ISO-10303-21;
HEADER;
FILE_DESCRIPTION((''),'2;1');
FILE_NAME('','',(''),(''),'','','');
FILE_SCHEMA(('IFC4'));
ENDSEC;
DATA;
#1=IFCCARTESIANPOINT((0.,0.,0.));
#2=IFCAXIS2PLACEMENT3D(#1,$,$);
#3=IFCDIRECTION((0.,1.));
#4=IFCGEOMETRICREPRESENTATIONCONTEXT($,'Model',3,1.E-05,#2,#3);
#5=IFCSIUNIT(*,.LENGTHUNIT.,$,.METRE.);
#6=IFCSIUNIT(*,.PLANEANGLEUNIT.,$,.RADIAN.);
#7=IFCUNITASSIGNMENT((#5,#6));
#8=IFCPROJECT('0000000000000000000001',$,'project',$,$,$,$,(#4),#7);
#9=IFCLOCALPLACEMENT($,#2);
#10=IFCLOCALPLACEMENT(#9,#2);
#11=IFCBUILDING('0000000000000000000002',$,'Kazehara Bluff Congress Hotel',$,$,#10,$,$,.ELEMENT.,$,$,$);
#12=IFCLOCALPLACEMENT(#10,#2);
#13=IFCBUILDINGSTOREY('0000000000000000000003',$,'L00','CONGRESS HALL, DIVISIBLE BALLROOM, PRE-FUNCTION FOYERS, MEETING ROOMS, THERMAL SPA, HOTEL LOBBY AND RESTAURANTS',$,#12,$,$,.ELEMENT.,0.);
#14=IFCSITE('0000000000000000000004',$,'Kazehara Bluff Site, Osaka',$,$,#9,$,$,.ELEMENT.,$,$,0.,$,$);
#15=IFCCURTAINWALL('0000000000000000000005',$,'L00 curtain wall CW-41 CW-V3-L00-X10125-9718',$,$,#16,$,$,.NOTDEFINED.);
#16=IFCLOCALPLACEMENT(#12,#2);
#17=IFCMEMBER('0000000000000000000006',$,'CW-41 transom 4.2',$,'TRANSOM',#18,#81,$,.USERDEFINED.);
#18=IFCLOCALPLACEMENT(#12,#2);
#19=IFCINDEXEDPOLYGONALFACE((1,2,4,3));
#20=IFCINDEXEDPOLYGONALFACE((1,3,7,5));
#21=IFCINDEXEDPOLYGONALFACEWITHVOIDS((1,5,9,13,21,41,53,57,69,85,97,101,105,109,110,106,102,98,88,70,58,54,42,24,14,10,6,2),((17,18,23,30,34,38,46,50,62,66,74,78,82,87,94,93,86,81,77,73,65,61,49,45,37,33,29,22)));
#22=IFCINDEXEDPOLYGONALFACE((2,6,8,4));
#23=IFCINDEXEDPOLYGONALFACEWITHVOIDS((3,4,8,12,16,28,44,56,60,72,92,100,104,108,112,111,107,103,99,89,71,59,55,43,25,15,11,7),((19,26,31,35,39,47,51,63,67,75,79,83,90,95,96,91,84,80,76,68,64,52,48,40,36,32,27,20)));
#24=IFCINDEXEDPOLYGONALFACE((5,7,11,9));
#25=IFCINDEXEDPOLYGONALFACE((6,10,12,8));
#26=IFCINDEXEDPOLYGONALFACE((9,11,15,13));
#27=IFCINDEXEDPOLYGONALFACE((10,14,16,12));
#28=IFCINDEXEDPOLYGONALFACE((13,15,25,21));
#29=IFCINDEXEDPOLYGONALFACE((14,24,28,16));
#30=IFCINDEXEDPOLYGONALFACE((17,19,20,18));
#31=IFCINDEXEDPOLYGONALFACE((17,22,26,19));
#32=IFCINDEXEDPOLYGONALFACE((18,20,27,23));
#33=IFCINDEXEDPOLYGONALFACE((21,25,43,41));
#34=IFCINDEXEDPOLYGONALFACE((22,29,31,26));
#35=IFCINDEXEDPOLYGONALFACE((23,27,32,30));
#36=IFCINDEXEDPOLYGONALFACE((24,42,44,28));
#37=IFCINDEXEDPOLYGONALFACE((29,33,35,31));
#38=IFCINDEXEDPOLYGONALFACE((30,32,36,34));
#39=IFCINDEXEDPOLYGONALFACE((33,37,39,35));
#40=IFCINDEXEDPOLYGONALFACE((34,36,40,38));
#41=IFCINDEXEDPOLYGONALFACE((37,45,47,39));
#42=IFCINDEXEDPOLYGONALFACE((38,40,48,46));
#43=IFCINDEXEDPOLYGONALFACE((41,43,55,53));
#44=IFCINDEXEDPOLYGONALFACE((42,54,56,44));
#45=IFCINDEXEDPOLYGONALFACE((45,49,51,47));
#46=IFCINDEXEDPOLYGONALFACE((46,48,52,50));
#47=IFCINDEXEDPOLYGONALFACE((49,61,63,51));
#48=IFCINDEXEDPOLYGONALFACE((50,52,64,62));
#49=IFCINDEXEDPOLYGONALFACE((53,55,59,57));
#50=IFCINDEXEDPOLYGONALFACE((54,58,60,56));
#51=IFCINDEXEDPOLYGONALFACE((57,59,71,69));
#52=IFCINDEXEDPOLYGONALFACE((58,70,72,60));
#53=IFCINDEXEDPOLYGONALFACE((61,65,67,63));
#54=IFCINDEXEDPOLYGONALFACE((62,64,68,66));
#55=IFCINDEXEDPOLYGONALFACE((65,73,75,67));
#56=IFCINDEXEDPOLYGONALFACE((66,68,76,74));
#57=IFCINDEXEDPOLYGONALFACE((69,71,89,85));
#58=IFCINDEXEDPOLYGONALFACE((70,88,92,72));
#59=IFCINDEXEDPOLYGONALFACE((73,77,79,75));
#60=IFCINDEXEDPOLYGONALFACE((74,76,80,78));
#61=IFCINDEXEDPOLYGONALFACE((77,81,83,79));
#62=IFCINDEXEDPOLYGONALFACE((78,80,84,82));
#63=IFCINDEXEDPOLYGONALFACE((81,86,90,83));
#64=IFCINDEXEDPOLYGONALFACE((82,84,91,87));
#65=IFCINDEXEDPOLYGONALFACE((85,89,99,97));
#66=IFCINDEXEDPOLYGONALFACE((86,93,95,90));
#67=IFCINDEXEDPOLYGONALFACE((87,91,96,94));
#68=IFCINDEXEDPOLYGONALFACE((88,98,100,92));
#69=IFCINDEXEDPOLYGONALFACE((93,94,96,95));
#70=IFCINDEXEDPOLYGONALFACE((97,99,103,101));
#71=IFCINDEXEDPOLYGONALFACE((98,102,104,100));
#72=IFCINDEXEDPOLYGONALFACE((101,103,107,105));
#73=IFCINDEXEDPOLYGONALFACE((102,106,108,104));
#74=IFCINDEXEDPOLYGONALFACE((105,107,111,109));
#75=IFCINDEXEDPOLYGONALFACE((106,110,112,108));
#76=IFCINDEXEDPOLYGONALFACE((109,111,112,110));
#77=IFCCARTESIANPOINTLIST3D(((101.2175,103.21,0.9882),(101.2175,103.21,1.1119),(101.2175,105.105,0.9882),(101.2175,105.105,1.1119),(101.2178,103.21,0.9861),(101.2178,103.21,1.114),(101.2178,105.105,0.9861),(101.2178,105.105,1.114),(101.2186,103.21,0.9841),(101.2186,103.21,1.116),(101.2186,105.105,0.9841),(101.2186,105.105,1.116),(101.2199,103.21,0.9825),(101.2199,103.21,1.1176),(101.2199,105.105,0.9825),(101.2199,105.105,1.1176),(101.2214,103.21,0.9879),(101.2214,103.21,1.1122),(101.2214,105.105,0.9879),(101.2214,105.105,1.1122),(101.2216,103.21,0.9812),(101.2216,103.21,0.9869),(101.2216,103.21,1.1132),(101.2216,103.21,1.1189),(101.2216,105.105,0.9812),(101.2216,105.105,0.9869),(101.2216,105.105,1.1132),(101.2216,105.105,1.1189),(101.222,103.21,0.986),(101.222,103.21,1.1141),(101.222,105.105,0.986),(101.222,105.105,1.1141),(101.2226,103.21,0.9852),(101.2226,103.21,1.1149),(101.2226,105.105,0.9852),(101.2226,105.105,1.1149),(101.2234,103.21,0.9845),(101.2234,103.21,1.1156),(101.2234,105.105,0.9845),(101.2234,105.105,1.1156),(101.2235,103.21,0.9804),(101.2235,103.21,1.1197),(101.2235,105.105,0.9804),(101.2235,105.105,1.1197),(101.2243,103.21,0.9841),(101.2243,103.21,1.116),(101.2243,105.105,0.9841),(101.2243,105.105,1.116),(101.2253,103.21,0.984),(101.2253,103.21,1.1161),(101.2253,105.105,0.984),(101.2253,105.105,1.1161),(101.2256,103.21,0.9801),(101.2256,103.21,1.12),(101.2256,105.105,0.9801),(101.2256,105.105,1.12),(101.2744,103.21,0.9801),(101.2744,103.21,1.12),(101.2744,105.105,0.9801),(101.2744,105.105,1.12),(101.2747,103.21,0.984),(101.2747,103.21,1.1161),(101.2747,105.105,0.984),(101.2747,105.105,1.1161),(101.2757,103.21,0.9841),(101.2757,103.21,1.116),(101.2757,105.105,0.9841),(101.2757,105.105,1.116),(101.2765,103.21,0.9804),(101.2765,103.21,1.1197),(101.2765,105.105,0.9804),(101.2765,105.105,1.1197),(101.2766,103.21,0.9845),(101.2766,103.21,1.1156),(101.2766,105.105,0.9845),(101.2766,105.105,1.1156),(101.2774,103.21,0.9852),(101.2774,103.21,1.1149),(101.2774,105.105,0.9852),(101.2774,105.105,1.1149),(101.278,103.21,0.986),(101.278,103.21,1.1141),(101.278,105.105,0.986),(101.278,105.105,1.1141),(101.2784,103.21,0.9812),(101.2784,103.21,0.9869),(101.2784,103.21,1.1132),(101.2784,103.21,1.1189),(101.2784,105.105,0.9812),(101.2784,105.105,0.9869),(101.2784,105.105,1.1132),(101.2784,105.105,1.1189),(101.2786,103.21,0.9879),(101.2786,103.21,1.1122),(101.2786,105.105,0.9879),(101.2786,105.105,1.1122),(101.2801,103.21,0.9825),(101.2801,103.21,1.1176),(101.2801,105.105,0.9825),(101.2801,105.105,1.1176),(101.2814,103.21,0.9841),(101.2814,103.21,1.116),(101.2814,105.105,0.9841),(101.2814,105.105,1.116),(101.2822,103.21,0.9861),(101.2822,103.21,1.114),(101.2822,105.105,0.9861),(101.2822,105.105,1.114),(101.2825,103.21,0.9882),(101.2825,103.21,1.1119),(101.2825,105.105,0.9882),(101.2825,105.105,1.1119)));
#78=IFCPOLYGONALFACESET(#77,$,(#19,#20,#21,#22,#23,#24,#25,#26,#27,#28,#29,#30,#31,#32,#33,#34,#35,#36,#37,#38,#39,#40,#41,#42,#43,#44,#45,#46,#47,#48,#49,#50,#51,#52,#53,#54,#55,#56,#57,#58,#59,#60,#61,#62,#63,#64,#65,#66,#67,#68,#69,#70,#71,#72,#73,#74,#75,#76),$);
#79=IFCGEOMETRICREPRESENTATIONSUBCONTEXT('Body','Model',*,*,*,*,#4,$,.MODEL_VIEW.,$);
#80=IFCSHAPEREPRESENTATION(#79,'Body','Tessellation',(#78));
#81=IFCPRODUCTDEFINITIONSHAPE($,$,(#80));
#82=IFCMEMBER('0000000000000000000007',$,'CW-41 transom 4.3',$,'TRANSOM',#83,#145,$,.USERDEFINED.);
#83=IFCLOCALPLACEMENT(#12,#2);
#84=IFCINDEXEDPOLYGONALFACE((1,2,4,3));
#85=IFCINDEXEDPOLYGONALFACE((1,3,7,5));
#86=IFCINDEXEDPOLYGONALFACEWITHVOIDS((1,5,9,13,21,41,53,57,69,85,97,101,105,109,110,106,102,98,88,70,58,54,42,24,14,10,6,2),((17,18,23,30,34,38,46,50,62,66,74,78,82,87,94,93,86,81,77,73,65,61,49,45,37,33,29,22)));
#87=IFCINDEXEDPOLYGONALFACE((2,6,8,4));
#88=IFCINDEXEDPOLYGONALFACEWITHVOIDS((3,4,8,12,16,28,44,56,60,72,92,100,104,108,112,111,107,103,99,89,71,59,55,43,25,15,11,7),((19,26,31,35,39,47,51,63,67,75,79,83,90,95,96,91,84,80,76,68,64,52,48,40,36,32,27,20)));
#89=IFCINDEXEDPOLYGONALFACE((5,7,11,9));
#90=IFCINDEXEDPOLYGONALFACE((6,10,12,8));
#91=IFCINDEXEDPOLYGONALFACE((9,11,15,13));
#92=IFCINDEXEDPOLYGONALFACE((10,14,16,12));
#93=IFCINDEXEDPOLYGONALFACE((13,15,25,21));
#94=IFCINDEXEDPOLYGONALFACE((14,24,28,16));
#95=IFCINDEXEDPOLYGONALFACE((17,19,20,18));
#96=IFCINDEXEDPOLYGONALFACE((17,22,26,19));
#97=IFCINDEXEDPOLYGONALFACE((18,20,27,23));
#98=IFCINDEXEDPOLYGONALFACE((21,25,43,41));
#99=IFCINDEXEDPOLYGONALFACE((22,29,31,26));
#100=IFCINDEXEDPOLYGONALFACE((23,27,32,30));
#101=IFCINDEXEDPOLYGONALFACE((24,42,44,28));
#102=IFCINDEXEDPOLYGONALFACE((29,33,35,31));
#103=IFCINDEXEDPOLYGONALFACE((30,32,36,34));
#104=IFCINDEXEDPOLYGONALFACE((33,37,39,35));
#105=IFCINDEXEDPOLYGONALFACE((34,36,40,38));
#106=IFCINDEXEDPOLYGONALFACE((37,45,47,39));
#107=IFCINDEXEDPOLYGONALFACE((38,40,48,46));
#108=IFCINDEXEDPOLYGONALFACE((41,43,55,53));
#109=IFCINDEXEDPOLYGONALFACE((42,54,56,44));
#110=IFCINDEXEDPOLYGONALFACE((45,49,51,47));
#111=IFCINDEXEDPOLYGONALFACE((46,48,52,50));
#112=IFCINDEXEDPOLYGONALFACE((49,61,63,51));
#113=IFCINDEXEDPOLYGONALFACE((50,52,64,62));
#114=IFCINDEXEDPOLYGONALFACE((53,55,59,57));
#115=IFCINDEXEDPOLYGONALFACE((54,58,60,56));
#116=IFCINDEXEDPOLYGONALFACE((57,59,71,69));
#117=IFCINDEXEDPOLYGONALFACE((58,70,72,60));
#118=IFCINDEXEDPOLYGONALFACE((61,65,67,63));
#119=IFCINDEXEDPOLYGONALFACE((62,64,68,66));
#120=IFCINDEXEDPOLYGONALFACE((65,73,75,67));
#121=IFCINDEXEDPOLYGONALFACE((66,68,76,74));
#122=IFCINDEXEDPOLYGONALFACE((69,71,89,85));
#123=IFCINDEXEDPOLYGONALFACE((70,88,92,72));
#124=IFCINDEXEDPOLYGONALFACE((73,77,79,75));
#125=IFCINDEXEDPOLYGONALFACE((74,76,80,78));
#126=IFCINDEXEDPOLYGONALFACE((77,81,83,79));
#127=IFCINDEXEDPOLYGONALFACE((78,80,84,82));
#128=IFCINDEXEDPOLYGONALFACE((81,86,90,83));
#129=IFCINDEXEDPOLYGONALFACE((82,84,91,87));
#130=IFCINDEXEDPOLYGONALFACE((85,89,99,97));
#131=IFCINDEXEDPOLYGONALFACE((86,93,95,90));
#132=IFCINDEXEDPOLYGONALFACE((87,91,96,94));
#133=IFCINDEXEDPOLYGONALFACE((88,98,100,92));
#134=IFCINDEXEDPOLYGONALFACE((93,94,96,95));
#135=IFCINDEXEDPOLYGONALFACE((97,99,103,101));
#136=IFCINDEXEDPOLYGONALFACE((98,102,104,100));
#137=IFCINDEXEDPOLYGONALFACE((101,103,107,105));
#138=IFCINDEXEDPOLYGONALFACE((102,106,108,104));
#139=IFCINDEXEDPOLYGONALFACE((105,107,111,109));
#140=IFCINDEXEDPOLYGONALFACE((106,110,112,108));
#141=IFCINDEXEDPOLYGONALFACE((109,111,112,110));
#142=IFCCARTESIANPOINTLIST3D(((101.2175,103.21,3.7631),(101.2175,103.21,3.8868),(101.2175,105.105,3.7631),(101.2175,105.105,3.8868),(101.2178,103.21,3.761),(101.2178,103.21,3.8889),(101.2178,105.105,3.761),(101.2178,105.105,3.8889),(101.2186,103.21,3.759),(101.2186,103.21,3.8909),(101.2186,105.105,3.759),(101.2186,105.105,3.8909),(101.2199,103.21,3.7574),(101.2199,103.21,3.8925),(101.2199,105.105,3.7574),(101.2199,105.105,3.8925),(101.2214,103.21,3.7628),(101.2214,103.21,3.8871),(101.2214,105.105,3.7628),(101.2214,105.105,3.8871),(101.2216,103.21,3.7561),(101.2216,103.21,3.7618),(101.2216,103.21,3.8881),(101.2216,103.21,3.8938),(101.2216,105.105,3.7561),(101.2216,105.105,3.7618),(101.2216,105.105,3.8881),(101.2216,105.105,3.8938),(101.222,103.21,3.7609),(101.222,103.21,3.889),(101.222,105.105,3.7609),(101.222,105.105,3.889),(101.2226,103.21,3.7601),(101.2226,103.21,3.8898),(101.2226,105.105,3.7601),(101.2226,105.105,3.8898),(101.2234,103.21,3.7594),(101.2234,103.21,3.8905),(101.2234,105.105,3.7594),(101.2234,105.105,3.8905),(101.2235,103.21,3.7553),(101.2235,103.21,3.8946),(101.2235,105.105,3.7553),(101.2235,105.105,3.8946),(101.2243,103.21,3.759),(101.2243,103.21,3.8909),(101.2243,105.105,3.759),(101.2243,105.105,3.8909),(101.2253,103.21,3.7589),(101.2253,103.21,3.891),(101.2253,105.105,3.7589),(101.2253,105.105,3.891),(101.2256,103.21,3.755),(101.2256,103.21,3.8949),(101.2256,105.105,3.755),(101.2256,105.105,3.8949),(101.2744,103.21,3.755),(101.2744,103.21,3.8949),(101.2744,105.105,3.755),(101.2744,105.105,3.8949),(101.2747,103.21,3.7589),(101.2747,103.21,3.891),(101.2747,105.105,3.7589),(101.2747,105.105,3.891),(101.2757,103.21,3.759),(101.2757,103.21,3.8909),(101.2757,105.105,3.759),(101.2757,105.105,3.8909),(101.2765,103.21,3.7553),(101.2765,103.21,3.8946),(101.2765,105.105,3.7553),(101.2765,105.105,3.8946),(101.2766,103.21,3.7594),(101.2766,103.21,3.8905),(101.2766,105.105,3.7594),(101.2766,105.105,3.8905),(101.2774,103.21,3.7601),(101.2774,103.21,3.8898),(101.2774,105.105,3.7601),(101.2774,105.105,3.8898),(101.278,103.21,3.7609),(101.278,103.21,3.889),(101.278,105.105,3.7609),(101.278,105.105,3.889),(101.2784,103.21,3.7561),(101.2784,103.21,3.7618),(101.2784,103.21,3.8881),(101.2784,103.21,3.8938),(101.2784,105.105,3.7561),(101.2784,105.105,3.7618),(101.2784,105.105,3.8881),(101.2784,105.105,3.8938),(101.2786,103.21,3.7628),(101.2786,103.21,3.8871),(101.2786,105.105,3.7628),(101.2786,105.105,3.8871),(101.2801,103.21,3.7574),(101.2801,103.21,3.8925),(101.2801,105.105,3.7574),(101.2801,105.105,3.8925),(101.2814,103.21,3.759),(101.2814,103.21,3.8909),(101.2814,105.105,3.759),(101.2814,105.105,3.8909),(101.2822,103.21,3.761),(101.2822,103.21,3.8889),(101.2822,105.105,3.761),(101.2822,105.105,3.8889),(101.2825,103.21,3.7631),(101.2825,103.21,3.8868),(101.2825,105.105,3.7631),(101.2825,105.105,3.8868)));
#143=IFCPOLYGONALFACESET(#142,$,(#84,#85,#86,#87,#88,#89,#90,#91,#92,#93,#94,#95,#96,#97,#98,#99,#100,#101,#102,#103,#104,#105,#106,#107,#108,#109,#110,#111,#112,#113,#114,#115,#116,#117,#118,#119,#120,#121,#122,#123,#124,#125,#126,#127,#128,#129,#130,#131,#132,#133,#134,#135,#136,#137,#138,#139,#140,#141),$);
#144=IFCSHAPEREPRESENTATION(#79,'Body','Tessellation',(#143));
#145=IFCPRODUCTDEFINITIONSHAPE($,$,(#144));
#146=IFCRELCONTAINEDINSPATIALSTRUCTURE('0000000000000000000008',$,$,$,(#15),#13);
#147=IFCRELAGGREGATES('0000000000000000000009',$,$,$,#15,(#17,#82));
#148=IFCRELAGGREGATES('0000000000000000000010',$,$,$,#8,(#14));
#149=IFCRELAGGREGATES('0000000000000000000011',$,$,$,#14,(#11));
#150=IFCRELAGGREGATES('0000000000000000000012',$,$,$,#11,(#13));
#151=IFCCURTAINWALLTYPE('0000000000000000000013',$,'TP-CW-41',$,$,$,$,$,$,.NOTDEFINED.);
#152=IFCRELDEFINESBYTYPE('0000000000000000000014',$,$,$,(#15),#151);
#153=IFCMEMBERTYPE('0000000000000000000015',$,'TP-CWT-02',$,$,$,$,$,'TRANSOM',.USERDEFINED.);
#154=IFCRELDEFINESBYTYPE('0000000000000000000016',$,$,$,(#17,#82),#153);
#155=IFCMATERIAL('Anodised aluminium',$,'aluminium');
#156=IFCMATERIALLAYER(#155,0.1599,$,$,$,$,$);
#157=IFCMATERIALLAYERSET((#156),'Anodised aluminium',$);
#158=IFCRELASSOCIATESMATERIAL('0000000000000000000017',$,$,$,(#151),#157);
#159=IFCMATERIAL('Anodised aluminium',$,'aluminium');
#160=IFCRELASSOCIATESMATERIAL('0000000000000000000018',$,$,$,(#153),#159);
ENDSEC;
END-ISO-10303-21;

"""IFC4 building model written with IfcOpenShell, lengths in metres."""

from ifc_helpers import new_model, si_unit, direction, frame, origin, origin_2d, place, context, subcontext, project, spatial, hollow_rectangle, extrude, material, layer, layer_set, material_profile, profile_set, type_object, element, aggregate, save


model = new_model("IFC4")

# Units and contexts
model_context = context("Model", 3, precision=1e-05, world=origin(), true_north=direction((0.0, 1.0)))
body_context = subcontext(model_context, "Body", "Model", "MODEL_VIEW")
ifc_project = project(units=[si_unit("LENGTHUNIT", "METRE"), si_unit("PLANEANGLEUNIT", "RADIAN")], contexts=[model_context])

# Site, building, storey
site_placement = place(None, origin())
site = spatial("IfcSite", under=ifc_project, at=site_placement, Name="Kazehara Bluff Site, Osaka", CompositionType="ELEMENT", RefElevation=0.0)
building_placement = place(site_placement, origin())
building = spatial("IfcBuilding", under=site, at=building_placement, Name="Kazehara Bluff Congress Hotel", CompositionType="ELEMENT")
storey_placement = place(building_placement, origin())
storey = spatial("IfcBuildingStorey", under=building, at=storey_placement, Name="L00", Description="CONGRESS HALL, DIVISIBLE BALLROOM, PRE-FUNCTION FOYERS, MEETING ROOMS, THERMAL SPA, HOTEL LOBBY AND RESTAURANTS", CompositionType="ELEMENT", Elevation=0.0)

# Curtain wall
ifc_material_1 = material(Name="Anodised aluminium", Category="aluminium")
ifc_layer_1 = layer(ifc_material_1, 0.1599)
ifc_layer_set_1 = layer_set([ifc_layer_1], Name="Anodised aluminium")
curtain_wall_type_1 = type_object("IfcCurtainWallType", Name="TP-CW-41", PredefinedType="NOTDEFINED", material=ifc_layer_set_1)
curtain_wall_1_placement = place(storey_placement, origin())
curtain_wall_1 = element("IfcCurtainWall", 1, at=curtain_wall_1_placement, inside=storey, type_object=curtain_wall_type_1, Name="L00 curtain wall CW-41 CW-V3-L00-X10125-9718", PredefinedType="NOTDEFINED")

# Members
ifc_material_2 = material(Name="Anodised aluminium", Category="aluminium")
ifc_material_profile_1 = material_profile(ifc_material_2, hollow_rectangle(XDim=0.0649, YDim=0.1399, WallThickness=0.0039, InnerFilletRadius=0.0039, OuterFilletRadius=0.0081, at=origin_2d()))
ifc_profile_set_1 = profile_set([ifc_material_profile_1], Name="Anodised aluminium")
member_type_1 = type_object("IfcMemberType", Name="TP-CWT-02", ElementType="TRANSOM", PredefinedType="USERDEFINED", material=ifc_profile_set_1)
member_1_placement = place(storey_placement, frame((101.25, 103.21, 1.05), z_axis=(0.0, 1.0, 0.0), x_axis=(-1.0, 0.0, 0.0)))
member_1 = element("IfcMember", 2, at=member_1_placement, type_object=member_type_1, Name="CW-41 transom 4.2", ObjectType="TRANSOM", PredefinedType="USERDEFINED", context=body_context, shape_type="SweptSolid", body=[
    extrude(hollow_rectangle(XDim=0.0649, YDim=0.1399, WallThickness=0.0039, InnerFilletRadius=0.0039, OuterFilletRadius=0.0081, at=origin_2d()), origin(), (0.0, 0.0, 1.0), 1.895),
])
member_2_placement = place(storey_placement, frame((101.25, 103.21, 3.825), z_axis=(0.0, 1.0, 0.0), x_axis=(-1.0, 0.0, 0.0)))
member_2 = element("IfcMember", 3, at=member_2_placement, type_object=member_type_1, Name="CW-41 transom 4.3", ObjectType="TRANSOM", PredefinedType="USERDEFINED", context=body_context, shape_type="SweptSolid", body=[
    extrude(hollow_rectangle(XDim=0.0649, YDim=0.1399, WallThickness=0.0039, InnerFilletRadius=0.0039, OuterFilletRadius=0.0081, at=origin_2d()), origin(), (0.0, 0.0, 1.0), 1.895),
])

aggregate(curtain_wall_1, [member_1, member_2])

save(model, "model.ifc")
